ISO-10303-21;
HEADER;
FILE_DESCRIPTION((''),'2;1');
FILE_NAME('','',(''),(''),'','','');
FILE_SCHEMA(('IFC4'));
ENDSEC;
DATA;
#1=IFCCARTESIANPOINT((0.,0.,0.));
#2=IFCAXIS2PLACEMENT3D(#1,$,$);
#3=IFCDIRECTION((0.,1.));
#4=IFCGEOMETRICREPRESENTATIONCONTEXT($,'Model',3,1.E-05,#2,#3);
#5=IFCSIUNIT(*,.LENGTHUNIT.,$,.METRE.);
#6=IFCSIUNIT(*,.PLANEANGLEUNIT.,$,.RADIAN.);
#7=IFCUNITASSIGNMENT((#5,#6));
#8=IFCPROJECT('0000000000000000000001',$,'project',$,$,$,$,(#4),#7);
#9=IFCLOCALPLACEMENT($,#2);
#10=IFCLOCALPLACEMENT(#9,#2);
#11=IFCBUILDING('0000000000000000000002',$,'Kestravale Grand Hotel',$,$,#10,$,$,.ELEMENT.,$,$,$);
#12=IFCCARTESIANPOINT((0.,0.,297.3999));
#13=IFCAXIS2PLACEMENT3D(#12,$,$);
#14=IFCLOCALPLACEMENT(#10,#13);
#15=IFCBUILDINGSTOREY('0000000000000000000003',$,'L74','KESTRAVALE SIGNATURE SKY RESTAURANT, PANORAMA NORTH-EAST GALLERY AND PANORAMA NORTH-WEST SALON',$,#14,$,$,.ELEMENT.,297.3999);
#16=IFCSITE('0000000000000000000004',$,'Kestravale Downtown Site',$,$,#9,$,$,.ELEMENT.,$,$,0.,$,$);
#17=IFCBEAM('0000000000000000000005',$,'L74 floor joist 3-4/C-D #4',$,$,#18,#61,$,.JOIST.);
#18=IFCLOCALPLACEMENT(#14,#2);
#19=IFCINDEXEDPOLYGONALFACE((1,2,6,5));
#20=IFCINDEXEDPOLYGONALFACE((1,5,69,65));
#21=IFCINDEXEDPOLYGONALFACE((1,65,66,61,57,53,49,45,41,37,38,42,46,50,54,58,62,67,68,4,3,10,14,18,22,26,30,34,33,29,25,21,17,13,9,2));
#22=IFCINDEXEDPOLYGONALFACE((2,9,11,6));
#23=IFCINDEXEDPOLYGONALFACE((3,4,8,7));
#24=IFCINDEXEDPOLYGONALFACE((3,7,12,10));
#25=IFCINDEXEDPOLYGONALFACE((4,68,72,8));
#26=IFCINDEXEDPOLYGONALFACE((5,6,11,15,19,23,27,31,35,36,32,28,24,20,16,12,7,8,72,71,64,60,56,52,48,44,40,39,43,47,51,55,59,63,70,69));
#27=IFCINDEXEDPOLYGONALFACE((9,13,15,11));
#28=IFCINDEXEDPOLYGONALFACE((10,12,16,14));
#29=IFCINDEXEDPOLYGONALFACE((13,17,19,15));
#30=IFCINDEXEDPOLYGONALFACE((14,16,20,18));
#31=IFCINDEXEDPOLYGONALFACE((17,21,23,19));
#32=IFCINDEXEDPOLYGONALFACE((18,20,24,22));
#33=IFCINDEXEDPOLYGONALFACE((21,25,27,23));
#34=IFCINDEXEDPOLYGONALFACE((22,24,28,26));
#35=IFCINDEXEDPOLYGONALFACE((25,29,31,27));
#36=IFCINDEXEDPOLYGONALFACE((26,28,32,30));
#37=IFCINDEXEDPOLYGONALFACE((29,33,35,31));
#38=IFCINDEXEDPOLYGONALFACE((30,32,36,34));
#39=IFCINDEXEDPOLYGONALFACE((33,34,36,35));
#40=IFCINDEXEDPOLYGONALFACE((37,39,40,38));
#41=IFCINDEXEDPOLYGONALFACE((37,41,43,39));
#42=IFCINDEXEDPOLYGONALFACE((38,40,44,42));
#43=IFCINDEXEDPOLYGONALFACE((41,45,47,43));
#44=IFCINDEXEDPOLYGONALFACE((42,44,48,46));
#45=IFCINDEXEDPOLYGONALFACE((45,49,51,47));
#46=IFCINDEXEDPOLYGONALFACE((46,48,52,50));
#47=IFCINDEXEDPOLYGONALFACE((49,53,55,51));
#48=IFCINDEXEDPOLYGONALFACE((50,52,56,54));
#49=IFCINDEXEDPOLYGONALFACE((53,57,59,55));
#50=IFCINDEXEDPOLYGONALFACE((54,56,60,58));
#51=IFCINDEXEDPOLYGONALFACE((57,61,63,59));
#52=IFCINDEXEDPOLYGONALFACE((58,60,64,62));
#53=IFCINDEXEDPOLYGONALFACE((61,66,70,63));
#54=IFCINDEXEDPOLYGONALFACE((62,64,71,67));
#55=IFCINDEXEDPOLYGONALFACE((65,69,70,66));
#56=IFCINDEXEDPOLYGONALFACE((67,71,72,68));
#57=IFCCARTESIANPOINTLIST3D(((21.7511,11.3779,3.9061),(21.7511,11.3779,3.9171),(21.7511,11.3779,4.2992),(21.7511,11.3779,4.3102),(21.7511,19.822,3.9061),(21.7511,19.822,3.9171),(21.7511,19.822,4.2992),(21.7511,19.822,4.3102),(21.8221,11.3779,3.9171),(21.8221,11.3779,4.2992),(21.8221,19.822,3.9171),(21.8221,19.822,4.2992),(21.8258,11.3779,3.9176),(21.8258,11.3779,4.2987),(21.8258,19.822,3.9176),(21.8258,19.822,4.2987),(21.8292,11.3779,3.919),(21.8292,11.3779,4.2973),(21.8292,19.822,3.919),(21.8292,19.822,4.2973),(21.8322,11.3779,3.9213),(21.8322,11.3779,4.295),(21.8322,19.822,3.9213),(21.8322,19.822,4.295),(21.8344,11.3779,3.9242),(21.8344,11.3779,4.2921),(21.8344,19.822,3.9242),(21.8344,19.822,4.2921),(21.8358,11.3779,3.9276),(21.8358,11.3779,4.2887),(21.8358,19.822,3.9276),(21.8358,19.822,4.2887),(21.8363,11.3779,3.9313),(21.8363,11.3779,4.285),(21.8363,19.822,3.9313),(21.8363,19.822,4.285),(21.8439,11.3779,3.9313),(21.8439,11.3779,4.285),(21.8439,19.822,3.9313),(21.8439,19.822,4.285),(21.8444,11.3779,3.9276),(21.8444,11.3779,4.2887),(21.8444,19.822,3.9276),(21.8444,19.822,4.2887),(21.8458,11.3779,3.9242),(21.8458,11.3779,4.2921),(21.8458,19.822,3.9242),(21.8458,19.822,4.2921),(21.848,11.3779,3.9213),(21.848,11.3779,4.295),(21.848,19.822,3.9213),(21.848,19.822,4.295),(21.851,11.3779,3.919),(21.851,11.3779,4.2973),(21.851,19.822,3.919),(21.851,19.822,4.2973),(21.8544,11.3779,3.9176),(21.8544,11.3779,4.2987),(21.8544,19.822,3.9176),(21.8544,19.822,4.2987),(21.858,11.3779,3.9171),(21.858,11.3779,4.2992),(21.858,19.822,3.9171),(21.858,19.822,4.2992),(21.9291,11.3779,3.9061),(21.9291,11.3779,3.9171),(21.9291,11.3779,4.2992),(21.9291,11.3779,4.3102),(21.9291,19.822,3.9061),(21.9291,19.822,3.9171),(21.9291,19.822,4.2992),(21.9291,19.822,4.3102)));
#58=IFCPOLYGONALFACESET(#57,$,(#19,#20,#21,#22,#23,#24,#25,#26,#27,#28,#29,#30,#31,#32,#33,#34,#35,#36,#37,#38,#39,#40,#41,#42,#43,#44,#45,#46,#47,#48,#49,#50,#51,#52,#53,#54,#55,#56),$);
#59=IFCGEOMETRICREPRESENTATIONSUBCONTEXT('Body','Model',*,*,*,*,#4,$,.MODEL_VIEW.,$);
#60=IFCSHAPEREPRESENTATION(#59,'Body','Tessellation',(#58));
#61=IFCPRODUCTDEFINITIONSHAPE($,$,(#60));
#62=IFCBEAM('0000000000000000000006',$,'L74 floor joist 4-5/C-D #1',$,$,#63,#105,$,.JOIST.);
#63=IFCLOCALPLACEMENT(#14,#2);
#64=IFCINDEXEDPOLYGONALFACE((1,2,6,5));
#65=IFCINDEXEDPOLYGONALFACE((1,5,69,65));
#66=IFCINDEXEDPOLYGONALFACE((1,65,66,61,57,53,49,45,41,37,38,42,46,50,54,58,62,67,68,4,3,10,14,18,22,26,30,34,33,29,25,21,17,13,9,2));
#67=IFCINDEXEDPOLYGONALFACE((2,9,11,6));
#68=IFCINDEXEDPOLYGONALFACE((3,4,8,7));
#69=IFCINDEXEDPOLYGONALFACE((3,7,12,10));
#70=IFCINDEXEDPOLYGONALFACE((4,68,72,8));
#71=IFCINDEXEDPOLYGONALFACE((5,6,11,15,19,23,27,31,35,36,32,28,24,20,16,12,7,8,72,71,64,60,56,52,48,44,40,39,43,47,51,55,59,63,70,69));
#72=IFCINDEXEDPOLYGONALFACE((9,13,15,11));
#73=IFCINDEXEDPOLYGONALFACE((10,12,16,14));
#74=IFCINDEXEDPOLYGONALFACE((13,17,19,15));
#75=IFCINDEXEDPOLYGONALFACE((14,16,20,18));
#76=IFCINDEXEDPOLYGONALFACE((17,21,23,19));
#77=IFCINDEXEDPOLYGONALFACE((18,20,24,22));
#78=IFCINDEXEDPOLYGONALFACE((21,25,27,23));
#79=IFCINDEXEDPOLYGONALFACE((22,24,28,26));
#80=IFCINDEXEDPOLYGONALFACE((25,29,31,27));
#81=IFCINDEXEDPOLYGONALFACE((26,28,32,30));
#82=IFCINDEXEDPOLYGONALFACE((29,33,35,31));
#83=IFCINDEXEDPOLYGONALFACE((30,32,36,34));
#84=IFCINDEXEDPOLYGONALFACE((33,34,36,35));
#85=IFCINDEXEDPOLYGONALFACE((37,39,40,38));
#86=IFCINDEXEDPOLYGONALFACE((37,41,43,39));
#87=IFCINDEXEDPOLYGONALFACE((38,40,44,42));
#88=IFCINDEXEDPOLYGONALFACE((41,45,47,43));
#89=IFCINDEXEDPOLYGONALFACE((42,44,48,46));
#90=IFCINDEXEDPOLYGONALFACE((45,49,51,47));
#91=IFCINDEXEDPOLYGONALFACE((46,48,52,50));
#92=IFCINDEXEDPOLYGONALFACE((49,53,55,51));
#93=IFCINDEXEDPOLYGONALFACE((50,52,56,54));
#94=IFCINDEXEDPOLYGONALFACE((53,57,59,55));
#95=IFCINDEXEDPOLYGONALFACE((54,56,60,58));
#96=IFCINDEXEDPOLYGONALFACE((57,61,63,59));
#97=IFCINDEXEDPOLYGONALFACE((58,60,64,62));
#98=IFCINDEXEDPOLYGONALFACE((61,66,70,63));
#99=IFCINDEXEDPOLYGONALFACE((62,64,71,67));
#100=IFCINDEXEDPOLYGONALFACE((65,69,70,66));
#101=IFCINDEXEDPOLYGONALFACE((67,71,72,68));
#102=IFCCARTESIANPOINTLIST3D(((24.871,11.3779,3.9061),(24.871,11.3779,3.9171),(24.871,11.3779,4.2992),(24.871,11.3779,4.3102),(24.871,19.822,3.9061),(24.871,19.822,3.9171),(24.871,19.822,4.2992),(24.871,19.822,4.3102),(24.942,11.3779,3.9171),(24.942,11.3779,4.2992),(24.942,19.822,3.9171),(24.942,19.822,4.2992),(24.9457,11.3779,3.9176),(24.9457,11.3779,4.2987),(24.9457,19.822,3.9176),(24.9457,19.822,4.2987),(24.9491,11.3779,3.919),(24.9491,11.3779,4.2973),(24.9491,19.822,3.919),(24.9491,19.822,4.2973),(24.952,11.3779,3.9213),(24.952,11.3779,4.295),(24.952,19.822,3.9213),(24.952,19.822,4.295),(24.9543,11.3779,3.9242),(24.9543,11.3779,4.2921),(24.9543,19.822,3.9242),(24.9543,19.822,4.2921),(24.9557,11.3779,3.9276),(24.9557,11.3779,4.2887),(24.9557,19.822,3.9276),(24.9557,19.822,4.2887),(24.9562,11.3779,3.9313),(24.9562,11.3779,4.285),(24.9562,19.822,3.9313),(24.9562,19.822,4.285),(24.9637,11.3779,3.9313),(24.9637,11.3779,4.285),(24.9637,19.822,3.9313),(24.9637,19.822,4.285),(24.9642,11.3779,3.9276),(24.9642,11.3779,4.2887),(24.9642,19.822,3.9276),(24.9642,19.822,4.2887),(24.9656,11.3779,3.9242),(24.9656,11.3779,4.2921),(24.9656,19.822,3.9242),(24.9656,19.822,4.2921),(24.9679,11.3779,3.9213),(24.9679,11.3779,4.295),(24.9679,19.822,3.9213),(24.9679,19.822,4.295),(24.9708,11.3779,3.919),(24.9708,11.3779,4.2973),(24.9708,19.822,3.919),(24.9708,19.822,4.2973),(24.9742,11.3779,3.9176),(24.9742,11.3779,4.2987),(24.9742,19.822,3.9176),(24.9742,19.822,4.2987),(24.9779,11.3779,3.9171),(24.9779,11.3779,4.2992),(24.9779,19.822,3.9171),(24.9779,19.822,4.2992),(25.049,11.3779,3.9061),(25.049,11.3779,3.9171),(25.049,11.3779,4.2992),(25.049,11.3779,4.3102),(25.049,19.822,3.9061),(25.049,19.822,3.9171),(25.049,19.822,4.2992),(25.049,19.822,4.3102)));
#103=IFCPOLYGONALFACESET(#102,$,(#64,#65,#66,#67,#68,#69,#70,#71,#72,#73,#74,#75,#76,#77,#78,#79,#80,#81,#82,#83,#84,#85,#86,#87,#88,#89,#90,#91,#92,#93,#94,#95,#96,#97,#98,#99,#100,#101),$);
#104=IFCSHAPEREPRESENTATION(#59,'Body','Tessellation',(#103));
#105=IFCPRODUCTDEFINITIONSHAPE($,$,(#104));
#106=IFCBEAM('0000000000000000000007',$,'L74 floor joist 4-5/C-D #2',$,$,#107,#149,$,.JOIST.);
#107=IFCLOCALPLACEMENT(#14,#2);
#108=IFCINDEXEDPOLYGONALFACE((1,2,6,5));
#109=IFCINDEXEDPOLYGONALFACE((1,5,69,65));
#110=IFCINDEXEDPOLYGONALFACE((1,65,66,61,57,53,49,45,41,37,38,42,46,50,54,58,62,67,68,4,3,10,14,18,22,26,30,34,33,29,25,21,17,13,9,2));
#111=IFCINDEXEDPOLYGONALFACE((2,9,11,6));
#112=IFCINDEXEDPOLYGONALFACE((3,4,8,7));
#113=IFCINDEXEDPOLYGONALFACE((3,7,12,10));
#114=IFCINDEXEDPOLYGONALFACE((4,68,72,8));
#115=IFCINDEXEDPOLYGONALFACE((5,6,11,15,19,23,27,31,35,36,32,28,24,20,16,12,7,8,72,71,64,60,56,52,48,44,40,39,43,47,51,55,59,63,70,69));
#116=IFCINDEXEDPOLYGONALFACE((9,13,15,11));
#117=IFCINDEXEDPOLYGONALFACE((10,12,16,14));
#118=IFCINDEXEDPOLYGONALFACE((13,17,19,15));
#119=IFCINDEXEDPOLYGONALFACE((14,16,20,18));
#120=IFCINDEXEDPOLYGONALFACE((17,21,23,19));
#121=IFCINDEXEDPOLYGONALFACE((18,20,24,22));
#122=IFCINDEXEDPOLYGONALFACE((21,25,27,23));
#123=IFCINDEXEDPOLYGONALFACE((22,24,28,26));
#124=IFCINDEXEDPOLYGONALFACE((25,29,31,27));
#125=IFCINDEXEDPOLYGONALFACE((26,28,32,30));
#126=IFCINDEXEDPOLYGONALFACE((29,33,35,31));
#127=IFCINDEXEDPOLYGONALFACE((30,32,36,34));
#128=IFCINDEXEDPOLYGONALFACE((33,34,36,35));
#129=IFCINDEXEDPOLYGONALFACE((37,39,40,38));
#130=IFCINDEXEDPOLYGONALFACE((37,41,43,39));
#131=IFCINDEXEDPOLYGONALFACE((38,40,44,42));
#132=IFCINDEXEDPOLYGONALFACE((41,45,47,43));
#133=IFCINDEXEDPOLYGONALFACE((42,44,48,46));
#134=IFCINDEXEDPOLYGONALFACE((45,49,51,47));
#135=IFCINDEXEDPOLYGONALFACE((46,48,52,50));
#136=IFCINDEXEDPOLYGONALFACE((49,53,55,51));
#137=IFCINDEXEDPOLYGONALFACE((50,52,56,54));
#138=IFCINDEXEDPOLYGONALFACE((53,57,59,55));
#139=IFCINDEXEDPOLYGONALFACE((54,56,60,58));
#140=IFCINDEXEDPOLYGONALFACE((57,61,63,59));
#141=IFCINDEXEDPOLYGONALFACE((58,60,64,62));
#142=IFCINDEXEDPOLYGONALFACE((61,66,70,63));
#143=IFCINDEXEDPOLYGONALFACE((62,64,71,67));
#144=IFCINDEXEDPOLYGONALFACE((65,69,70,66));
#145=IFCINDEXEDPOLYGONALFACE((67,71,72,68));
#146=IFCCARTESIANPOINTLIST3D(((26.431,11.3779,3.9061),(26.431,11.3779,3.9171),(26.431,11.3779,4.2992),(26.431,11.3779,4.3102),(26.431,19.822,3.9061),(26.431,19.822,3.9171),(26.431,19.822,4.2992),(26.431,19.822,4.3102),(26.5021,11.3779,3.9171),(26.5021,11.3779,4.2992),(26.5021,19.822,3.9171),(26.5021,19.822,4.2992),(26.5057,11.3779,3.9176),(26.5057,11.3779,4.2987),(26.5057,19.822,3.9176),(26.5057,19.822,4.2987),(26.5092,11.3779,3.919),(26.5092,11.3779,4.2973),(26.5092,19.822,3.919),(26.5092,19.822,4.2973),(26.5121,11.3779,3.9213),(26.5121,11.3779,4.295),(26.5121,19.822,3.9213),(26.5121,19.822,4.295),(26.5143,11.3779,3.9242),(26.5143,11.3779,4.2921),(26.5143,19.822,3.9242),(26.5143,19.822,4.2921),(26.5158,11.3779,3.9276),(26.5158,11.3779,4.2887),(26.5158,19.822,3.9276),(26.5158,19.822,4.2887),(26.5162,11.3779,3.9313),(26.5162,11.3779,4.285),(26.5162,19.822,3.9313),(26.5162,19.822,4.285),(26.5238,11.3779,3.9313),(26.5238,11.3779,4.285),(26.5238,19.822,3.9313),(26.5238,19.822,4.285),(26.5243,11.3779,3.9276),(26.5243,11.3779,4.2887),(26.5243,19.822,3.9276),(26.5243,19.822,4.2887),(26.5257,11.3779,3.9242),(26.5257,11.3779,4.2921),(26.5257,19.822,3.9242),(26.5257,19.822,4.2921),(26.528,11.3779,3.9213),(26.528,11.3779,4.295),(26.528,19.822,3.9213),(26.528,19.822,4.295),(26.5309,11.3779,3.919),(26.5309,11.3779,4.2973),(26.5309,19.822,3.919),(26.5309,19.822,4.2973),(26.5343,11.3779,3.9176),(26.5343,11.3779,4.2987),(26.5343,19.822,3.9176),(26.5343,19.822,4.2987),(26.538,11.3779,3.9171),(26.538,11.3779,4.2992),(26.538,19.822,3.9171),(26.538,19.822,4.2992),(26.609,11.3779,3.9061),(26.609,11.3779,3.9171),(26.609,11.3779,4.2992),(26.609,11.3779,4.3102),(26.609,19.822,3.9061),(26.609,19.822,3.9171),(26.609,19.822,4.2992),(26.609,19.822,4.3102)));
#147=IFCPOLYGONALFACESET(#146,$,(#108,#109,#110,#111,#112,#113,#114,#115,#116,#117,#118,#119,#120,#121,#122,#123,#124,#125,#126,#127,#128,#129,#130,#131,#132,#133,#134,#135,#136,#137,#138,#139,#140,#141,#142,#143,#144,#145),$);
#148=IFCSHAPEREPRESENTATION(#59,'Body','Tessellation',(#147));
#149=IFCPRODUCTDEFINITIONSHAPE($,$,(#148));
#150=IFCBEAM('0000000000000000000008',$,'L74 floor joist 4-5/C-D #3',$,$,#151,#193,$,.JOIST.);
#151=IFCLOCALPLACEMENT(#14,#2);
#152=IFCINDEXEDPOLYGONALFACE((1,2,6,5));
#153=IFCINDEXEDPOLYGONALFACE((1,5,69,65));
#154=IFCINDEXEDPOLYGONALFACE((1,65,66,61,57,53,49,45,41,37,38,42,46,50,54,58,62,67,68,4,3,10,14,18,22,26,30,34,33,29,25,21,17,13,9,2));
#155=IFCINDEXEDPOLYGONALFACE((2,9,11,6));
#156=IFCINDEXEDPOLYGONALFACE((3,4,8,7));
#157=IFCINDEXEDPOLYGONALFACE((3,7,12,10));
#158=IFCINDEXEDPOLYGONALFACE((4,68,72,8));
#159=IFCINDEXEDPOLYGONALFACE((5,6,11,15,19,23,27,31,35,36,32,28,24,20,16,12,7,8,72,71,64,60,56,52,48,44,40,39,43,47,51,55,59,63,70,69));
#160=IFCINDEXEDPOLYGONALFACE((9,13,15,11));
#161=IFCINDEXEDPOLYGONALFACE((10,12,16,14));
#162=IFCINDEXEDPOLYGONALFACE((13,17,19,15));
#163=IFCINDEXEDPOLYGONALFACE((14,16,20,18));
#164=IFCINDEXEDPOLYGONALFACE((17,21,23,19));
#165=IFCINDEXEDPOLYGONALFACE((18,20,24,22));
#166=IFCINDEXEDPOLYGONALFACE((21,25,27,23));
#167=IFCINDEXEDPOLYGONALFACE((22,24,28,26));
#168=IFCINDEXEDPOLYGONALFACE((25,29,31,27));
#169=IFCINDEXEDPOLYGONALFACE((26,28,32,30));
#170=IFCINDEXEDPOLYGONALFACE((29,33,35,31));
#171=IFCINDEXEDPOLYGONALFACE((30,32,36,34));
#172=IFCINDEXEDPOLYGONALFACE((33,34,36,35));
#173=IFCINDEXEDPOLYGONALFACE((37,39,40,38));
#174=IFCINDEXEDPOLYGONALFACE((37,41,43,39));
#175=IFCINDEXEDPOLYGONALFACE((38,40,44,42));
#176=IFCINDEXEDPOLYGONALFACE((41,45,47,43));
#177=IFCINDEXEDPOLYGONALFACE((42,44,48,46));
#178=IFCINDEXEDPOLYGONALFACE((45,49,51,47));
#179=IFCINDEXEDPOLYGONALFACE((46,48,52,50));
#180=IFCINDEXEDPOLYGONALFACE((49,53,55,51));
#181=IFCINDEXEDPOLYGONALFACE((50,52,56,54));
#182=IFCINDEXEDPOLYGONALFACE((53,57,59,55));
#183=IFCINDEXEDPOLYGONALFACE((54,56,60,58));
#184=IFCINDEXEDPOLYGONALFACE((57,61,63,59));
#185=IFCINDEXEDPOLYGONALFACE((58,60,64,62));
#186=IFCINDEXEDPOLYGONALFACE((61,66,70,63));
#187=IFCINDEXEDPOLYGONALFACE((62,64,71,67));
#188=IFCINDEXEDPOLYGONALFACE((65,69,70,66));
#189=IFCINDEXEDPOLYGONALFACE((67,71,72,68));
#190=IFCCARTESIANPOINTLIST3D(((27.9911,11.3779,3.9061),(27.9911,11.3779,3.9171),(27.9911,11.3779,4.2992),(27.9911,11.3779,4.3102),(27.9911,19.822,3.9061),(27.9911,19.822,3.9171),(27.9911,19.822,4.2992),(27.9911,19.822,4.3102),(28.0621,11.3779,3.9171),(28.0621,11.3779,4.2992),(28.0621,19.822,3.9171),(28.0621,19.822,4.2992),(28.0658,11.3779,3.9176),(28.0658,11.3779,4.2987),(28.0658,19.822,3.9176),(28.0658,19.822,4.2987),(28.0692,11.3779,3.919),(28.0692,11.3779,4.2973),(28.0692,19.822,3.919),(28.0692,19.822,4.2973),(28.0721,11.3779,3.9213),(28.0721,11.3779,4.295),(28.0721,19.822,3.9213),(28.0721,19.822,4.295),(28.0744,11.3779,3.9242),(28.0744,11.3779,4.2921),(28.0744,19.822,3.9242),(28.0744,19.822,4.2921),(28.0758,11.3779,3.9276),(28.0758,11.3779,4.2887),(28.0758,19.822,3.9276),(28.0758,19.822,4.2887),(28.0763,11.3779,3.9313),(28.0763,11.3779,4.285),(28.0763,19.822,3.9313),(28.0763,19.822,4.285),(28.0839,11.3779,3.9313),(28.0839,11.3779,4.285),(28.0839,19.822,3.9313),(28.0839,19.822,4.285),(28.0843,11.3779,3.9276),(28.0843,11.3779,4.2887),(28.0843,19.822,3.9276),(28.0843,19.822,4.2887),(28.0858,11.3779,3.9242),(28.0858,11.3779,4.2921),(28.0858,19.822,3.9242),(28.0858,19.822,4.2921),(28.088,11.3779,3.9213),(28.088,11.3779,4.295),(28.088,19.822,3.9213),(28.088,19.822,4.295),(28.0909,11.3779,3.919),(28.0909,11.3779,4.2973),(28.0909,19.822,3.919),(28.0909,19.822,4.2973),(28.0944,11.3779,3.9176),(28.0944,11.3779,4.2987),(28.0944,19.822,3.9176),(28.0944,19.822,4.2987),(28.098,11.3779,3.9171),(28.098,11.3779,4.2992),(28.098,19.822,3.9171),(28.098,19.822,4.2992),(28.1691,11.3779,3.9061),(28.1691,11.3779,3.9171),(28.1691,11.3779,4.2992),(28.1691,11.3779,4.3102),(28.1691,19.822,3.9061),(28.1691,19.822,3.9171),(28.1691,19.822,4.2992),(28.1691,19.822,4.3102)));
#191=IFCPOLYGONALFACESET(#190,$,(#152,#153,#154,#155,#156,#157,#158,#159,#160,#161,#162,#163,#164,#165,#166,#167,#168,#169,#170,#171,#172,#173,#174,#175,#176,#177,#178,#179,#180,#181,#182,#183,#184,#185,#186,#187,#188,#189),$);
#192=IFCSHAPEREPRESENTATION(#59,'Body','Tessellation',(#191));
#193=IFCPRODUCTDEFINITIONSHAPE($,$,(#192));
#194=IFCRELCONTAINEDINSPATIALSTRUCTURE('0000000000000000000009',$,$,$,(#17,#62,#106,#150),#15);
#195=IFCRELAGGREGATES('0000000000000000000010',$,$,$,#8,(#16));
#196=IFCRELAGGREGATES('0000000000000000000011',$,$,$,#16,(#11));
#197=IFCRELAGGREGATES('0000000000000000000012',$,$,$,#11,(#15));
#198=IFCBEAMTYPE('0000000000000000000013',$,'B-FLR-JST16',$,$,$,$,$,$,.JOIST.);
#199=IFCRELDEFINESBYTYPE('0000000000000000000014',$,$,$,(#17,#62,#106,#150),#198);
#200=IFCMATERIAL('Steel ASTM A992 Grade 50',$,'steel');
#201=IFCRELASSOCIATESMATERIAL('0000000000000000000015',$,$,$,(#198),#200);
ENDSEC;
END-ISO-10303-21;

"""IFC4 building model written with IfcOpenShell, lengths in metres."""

from ifc_helpers import new_model, si_unit, direction, frame, origin, origin_2d, place, context, subcontext, project, spatial, i_section, extrude, material, material_profile, profile_set, type_object, element, save


model = new_model("IFC4")

# Units and contexts
model_context = context("Model", 3, precision=1e-05, world=origin(), true_north=direction((0.0, 1.0)))
body_context = subcontext(model_context, "Body", "Model", "MODEL_VIEW")
ifc_project = project(units=[si_unit("LENGTHUNIT", "METRE"), si_unit("PLANEANGLEUNIT", "RADIAN")], contexts=[model_context])

# Site, building, storey
site_placement = place(None, origin())
site = spatial("IfcSite", under=ifc_project, at=site_placement, Name="Kestravale Downtown Site", CompositionType="ELEMENT", RefElevation=0.0)
building_placement = place(site_placement, origin())
building = spatial("IfcBuilding", under=site, at=building_placement, Name="Kestravale Grand Hotel", CompositionType="ELEMENT")
storey_placement = place(building_placement, frame((0.0, 0.0, 297.3999)))
storey = spatial("IfcBuildingStorey", under=building, at=storey_placement, Name="L74", Description="KESTRAVALE SIGNATURE SKY RESTAURANT, PANORAMA NORTH-EAST GALLERY AND PANORAMA NORTH-WEST SALON", CompositionType="ELEMENT", Elevation=297.3999)

# Beams
ifc_material_1 = material(Name="Steel ASTM A992 Grade 50", Category="steel")
ifc_material_profile_1 = material_profile(ifc_material_1, i_section(OverallWidth=0.178, OverallDepth=0.4041, WebThickness=0.0076, FlangeThickness=0.011, FilletRadius=0.0142, at=origin_2d()))
ifc_profile_set_1 = profile_set([ifc_material_profile_1], Name="Steel ASTM A992 Grade 50")
beam_type_1 = type_object("IfcBeamType", Name="B-FLR-JST16", PredefinedType="JOIST", material=ifc_profile_set_1)
for number, where, z_axis, x_axis, name in (
    (1, (21.8401, 11.3779, 4.1082), (0.0, 1.0, 0.0), (-1.0, 0.0, 0.0), "L74 floor joist 3-4/C-D #4"),
    (2, (24.96, 11.3779, 4.1082), (0.0, 1.0, 0.0), (-1.0, 0.0, 0.0), "L74 floor joist 4-5/C-D #1"),
    (3, (26.52, 11.3779, 4.1082), (0.0, 1.0, 0.0), (-1.0, 0.0, 0.0), "L74 floor joist 4-5/C-D #2"),
    (4, (28.0801, 11.3779, 4.1082), (0.0, 1.0, 0.0), (-1.0, 0.0, 0.0), "L74 floor joist 4-5/C-D #3"),
):
    element("IfcBeam", number, at=place(storey_placement, frame(where, z_axis=z_axis, x_axis=x_axis)), inside=storey, type_object=beam_type_1, Name=name, PredefinedType="JOIST", context=body_context, shape_type="SweptSolid", body=[
        extrude(i_section(OverallWidth=0.178, OverallDepth=0.4041, WebThickness=0.0076, FlangeThickness=0.011, FilletRadius=0.0142, at=origin_2d()), origin(), (0.0, 0.0, 1.0), 8.4441),
    ])

save(model, "model.ifc")
